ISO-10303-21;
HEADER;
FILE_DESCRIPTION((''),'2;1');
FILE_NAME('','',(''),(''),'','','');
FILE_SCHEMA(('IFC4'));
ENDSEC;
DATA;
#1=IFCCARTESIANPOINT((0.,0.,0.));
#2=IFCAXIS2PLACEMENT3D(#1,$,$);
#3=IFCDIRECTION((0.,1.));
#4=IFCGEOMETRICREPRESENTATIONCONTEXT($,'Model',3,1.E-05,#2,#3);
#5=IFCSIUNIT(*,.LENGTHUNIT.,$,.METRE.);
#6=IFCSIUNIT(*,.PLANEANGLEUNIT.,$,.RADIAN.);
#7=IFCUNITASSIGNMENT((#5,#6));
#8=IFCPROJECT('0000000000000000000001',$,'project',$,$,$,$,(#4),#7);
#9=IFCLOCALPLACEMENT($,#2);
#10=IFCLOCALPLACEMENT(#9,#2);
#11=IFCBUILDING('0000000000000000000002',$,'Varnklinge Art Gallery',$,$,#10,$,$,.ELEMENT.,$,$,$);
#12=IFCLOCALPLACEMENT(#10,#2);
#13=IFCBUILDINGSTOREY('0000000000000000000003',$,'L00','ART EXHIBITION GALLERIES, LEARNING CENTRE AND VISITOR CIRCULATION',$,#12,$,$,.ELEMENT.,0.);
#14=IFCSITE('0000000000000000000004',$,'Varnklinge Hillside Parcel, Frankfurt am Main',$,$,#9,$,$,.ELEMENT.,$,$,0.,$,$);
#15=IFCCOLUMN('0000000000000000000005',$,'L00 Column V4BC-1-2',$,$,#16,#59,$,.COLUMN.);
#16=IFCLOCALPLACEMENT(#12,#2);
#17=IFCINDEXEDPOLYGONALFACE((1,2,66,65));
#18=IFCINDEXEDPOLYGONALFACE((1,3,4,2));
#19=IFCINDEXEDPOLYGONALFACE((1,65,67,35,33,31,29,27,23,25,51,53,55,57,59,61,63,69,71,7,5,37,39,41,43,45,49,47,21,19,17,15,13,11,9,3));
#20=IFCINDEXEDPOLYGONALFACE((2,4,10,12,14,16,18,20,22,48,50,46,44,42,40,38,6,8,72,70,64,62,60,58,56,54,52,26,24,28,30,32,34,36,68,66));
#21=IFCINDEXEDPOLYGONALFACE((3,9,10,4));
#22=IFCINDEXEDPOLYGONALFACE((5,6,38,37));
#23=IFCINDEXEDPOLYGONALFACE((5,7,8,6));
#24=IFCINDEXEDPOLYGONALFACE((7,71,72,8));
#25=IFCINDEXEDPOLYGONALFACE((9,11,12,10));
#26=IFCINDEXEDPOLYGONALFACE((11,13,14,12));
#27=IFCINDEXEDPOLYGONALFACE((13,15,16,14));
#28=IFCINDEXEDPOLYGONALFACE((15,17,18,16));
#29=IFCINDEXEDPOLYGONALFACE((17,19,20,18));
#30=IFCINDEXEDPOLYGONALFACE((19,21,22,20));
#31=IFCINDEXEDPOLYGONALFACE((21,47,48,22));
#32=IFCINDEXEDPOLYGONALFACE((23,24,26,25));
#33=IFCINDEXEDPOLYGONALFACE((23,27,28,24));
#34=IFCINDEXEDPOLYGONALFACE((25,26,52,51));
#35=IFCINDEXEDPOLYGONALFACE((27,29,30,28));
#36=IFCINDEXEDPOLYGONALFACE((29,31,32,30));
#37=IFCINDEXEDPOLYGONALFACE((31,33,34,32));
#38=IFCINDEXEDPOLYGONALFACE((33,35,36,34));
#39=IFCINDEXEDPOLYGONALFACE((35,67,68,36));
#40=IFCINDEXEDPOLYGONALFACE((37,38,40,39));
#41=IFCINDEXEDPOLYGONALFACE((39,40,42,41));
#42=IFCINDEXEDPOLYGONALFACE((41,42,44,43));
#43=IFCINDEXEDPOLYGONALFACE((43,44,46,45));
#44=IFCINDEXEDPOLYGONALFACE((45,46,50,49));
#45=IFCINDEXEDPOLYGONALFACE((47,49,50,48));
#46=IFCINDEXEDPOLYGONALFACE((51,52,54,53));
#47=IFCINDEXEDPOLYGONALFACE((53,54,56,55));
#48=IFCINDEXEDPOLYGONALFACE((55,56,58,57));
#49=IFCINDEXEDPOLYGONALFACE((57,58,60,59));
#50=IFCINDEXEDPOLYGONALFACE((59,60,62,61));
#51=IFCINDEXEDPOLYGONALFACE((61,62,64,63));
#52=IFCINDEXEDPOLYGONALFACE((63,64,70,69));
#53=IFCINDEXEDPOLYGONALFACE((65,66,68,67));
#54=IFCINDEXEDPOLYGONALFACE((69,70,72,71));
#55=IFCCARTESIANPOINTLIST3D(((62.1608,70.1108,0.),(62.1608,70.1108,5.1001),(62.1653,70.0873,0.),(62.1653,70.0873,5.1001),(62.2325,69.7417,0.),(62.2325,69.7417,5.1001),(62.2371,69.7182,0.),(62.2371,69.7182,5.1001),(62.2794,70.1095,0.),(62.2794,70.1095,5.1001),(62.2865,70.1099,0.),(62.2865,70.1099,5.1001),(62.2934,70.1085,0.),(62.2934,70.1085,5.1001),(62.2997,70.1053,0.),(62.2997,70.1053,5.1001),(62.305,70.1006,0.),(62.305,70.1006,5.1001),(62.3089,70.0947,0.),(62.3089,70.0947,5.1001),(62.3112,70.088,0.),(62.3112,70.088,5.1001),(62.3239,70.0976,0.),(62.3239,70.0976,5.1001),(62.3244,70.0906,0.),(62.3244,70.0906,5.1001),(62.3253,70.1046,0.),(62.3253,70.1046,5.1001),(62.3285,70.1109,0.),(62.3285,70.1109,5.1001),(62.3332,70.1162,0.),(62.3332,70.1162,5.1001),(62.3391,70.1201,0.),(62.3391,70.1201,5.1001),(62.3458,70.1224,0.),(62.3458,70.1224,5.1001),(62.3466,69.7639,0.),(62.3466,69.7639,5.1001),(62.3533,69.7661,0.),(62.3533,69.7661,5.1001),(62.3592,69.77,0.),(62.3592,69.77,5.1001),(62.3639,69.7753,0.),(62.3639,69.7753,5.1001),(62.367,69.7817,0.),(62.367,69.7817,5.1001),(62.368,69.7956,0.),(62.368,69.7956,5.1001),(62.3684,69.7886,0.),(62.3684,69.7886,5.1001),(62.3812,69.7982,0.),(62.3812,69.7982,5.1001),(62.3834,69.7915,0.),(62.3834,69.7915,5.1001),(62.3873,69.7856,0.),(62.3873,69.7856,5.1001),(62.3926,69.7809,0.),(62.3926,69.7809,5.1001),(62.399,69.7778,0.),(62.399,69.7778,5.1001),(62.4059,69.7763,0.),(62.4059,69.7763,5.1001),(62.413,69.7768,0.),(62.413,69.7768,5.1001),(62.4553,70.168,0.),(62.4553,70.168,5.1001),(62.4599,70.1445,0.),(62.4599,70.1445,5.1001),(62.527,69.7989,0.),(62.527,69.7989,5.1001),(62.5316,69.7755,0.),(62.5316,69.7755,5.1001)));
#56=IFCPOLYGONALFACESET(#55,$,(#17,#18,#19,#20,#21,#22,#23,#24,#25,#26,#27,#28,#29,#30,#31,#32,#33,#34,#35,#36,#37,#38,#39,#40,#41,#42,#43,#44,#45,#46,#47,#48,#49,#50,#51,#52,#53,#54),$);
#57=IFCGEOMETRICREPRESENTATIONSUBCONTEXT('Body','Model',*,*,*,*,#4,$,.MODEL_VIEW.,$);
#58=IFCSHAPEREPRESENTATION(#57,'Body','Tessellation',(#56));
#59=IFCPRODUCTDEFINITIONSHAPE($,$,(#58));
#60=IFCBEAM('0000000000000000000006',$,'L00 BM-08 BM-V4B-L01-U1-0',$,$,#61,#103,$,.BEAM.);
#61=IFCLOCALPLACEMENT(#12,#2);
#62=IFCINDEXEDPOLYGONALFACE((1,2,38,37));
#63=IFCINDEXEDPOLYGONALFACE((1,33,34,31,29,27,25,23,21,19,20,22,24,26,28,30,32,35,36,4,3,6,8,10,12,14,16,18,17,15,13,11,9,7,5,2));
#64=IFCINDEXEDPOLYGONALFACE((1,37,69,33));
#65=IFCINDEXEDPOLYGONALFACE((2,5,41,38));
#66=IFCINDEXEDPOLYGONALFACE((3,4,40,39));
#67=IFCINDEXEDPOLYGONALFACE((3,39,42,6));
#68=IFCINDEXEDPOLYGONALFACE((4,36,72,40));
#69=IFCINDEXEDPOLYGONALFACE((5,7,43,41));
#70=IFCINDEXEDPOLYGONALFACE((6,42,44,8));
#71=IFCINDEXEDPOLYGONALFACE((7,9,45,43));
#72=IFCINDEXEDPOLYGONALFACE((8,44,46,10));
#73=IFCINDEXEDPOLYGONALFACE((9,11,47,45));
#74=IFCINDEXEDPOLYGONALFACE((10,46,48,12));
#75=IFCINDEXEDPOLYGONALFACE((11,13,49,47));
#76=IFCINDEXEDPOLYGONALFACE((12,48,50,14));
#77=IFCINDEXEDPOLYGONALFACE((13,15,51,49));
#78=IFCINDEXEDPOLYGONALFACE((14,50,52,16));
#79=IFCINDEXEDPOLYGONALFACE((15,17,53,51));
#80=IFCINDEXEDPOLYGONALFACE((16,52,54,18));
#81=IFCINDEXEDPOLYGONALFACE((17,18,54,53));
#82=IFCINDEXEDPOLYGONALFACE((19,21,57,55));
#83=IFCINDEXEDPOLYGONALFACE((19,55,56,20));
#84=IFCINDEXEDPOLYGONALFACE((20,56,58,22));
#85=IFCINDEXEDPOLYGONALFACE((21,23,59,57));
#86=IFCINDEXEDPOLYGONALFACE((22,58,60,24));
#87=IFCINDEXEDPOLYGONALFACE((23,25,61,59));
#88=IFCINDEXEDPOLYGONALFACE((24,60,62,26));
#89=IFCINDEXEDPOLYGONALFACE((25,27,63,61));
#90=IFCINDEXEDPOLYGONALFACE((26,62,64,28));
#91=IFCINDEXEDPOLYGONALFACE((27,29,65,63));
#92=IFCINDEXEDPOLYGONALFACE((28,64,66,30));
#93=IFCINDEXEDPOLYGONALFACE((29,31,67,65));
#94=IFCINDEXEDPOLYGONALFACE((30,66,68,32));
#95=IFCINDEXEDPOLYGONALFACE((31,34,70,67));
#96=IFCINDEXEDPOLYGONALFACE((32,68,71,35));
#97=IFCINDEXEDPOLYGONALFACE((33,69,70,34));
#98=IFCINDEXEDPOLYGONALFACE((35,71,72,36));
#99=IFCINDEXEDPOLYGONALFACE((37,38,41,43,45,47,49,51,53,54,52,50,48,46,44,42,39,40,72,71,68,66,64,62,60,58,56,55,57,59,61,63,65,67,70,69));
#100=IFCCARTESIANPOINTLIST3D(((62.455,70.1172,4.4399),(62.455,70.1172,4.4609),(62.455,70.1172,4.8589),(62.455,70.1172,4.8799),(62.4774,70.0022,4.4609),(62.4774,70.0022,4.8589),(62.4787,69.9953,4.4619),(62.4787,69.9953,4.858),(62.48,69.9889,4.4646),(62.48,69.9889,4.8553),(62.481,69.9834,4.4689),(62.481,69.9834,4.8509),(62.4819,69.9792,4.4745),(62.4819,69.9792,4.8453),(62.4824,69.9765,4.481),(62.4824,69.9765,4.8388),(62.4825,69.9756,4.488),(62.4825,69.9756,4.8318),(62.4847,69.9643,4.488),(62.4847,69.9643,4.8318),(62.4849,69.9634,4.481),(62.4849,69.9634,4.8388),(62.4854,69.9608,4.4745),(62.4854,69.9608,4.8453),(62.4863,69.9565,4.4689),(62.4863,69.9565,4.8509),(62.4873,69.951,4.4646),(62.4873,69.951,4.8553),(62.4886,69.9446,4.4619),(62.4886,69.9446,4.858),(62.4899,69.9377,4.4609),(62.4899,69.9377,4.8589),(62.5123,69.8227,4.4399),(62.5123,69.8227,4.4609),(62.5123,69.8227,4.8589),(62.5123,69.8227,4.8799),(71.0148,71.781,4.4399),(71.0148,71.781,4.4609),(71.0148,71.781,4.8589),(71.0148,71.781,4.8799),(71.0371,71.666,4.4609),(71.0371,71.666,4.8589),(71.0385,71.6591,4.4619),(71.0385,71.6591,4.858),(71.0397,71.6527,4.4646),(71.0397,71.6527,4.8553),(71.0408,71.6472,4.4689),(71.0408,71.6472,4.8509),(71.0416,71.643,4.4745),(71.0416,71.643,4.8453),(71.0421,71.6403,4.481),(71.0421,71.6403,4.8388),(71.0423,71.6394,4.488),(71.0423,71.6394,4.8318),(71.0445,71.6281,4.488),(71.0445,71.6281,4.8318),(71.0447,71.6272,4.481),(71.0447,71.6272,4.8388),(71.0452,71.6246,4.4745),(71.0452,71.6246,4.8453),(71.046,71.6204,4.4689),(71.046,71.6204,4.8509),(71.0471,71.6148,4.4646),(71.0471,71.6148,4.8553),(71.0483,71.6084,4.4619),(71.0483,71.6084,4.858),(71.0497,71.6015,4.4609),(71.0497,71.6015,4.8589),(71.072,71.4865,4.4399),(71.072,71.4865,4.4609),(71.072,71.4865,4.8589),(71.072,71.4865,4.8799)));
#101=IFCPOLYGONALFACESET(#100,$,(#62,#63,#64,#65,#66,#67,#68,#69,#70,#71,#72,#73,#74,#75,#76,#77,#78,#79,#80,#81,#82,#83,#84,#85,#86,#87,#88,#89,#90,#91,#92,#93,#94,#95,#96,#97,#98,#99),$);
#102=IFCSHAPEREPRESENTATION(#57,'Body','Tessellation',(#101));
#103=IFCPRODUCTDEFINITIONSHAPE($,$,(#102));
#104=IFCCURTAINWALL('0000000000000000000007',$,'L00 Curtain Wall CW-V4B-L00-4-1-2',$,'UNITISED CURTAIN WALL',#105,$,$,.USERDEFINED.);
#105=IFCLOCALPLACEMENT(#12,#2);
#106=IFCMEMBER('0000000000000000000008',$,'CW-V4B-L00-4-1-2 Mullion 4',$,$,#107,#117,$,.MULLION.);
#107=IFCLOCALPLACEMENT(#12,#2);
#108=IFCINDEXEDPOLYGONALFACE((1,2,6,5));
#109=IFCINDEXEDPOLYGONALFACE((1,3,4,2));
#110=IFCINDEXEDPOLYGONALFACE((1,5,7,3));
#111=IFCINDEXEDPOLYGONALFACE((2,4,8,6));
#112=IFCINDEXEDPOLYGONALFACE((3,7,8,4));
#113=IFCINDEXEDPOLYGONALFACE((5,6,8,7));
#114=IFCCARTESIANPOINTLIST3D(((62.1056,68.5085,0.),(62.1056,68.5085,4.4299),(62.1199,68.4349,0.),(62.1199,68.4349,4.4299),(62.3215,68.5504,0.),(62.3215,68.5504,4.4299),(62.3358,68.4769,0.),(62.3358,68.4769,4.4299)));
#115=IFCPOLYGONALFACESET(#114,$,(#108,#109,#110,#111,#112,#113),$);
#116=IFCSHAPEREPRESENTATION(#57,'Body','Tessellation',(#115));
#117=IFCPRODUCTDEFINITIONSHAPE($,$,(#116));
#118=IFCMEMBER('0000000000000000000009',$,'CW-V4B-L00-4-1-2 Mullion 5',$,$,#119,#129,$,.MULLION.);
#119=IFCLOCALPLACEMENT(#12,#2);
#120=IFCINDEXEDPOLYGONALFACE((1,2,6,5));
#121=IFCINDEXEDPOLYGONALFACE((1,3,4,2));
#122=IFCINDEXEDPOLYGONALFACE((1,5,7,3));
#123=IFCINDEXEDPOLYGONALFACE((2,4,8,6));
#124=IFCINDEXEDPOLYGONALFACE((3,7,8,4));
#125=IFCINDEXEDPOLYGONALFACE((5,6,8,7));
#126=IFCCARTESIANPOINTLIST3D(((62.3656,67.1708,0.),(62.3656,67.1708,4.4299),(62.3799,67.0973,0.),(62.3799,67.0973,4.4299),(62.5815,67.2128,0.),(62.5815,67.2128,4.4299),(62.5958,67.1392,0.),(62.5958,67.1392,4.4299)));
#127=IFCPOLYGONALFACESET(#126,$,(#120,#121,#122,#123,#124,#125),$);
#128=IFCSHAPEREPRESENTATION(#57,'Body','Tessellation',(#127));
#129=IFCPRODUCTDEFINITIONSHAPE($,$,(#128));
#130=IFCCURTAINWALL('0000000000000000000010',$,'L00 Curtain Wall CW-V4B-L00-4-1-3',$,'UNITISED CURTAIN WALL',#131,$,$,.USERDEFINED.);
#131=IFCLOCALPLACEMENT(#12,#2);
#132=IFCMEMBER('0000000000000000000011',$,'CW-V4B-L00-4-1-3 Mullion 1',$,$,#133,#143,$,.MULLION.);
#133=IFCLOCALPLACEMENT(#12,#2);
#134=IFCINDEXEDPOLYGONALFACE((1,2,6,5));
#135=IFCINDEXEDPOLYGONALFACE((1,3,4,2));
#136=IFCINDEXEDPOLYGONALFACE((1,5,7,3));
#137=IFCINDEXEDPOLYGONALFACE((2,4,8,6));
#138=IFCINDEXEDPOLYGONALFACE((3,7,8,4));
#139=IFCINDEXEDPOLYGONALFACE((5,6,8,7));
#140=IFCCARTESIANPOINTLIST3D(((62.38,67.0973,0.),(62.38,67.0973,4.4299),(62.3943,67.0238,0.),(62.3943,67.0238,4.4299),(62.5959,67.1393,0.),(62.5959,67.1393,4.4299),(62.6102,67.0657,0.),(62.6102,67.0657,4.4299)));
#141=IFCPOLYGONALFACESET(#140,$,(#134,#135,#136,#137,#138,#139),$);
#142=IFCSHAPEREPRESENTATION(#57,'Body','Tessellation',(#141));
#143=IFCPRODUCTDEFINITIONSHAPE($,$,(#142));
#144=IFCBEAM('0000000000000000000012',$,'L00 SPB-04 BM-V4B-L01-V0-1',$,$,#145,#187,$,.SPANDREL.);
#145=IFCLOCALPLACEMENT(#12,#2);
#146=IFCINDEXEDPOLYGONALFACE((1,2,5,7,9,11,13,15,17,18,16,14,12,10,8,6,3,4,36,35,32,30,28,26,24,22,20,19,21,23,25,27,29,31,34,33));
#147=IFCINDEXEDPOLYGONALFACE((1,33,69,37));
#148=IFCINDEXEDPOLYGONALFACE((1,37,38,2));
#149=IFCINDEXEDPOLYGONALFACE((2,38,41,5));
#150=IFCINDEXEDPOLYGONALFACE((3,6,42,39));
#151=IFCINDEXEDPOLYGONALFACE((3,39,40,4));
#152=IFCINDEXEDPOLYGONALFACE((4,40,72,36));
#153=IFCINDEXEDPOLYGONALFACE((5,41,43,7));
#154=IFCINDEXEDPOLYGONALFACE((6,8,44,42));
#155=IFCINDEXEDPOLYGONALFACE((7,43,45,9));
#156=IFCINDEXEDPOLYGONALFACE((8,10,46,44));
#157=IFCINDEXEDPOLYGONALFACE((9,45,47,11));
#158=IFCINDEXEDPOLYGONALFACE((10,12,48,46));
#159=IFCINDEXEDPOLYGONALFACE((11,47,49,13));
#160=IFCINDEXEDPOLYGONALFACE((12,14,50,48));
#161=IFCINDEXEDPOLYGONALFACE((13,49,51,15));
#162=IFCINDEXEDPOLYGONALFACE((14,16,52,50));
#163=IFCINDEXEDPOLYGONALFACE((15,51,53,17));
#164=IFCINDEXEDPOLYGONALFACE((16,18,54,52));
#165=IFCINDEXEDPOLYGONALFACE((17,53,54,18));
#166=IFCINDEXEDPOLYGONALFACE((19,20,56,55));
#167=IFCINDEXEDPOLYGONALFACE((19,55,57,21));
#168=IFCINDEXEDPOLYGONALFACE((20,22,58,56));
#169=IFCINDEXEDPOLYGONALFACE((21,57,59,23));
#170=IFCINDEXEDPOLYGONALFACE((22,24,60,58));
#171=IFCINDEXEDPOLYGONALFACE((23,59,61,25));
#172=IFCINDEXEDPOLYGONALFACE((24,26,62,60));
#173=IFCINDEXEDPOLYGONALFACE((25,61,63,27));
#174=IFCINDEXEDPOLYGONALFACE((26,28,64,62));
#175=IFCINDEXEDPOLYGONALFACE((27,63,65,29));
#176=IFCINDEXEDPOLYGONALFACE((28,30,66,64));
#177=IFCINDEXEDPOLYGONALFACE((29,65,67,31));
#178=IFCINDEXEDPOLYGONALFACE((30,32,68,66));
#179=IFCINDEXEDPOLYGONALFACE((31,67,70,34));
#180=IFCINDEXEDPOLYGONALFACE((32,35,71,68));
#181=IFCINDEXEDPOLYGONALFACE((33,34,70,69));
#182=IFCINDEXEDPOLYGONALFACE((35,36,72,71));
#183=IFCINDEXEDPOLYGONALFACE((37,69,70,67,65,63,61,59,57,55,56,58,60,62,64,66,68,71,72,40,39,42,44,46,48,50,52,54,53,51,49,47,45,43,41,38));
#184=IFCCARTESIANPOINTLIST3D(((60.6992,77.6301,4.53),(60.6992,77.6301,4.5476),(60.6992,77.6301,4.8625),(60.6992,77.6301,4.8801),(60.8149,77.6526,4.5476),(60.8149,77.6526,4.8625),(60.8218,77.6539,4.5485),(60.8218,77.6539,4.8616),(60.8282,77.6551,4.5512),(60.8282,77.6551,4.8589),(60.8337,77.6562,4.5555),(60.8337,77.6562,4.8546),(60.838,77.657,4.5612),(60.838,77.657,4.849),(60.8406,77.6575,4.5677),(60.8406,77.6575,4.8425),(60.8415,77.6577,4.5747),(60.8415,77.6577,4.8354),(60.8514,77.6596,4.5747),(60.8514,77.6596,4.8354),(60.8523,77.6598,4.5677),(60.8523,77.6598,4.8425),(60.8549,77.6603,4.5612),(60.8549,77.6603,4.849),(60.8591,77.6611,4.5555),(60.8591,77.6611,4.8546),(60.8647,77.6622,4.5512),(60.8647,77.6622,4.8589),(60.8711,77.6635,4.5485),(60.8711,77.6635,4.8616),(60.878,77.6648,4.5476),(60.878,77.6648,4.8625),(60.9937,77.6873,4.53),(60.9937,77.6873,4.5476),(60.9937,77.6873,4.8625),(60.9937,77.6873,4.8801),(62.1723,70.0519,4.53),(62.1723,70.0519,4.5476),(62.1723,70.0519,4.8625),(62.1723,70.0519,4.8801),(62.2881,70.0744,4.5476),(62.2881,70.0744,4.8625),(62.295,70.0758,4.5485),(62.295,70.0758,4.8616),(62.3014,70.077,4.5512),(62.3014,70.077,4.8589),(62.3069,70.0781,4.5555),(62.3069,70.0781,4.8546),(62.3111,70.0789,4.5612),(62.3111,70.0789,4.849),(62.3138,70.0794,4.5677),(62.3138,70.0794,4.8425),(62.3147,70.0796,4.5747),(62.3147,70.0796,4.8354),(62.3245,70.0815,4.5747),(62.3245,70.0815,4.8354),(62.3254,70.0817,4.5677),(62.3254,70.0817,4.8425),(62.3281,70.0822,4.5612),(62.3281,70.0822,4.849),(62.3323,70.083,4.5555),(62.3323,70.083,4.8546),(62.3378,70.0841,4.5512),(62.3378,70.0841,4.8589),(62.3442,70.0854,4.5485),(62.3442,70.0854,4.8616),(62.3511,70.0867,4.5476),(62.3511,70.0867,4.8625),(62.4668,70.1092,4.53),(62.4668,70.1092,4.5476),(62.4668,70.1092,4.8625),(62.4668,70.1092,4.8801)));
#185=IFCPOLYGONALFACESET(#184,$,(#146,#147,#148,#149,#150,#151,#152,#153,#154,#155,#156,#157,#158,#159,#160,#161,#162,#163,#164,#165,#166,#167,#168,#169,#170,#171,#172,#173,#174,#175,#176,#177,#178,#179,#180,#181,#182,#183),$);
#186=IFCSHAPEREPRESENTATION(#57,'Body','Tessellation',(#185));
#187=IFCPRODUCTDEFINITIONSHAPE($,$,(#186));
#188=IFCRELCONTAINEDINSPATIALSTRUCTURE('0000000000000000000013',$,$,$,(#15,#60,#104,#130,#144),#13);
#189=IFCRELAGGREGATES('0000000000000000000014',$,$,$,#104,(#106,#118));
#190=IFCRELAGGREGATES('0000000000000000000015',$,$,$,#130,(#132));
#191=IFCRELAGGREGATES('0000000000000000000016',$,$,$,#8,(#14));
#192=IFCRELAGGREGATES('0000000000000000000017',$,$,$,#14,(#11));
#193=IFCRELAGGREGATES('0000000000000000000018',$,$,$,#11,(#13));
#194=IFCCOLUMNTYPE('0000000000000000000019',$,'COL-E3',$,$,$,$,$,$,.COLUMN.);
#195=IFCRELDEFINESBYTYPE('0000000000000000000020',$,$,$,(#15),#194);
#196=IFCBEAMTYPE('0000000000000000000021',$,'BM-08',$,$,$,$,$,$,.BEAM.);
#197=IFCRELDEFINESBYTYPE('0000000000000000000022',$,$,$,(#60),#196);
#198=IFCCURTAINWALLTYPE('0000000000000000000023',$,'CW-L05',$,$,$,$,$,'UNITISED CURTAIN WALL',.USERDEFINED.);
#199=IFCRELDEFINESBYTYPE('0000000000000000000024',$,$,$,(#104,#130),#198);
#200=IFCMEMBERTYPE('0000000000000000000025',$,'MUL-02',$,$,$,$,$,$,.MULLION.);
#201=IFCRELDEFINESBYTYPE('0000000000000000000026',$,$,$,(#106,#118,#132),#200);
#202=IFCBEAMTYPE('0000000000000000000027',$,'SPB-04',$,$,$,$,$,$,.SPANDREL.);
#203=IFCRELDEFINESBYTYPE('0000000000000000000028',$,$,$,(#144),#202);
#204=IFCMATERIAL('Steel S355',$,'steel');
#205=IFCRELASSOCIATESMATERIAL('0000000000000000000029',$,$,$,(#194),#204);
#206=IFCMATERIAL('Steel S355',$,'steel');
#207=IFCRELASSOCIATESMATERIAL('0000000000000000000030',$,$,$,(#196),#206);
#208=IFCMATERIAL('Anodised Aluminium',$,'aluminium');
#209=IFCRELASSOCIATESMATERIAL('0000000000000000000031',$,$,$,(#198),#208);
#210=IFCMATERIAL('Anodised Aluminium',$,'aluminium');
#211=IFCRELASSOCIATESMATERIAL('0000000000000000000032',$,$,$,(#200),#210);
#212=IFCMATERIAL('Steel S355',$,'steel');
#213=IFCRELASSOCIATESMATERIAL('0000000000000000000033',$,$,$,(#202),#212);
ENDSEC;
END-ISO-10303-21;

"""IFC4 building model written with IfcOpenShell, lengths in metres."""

from ifc_helpers import new_model, si_unit, direction, frame, origin, origin_2d, place, context, subcontext, project, spatial, rectangle, i_section, extrude, material, material_profile, profile_set, type_object, element, aggregate, save


model = new_model("IFC4")

# Units and contexts
model_context = context("Model", 3, precision=1e-05, world=origin(), true_north=direction((0.0, 1.0)))
body_context = subcontext(model_context, "Body", "Model", "MODEL_VIEW")
ifc_project = project(units=[si_unit("LENGTHUNIT", "METRE"), si_unit("PLANEANGLEUNIT", "RADIAN")], contexts=[model_context])

# Site, building, storey
site_placement = place(None, origin())
site = spatial("IfcSite", under=ifc_project, at=site_placement, Name="Varnklinge Hillside Parcel, Frankfurt am Main", CompositionType="ELEMENT", RefElevation=0.0)
building_placement = place(site_placement, origin())
building = spatial("IfcBuilding", under=site, at=building_placement, Name="Varnklinge Art Gallery", CompositionType="ELEMENT")
storey_placement = place(building_placement, origin())
storey = spatial("IfcBuildingStorey", under=building, at=storey_placement, Name="L00", Description="ART EXHIBITION GALLERIES, LEARNING CENTRE AND VISITOR CIRCULATION", CompositionType="ELEMENT", Elevation=0.0)

# Column
ifc_material_1 = material(Name="Steel S355", Category="steel")
ifc_material_profile_1 = material_profile(ifc_material_1, i_section(OverallWidth=0.3, OverallDepth=0.3999, WebThickness=0.0134, FlangeThickness=0.0239, FilletRadius=0.0271, at=origin_2d()), Name="HEB 400")
ifc_profile_set_1 = profile_set([ifc_material_profile_1], Name="Steel S355")
column_type = type_object("IfcColumnType", Name="COL-E3", PredefinedType="COLUMN", material=ifc_profile_set_1)
column_placement = place(storey_placement, frame((62.3462, 69.9431, 0.0), z_axis=(0.0, 0.0, 1.0), x_axis=(0.981627, 0.190809, 0.0)))
element("IfcColumn", 1, at=column_placement, inside=storey, type_object=column_type, Name="L00 Column V4BC-1-2", PredefinedType="COLUMN", context=body_context, shape_type="SweptSolid", body=[
    extrude(i_section(OverallWidth=0.3, OverallDepth=0.3999, WebThickness=0.0134, FlangeThickness=0.0239, FilletRadius=0.0271, at=origin_2d()), origin(), (0.0, 0.0, 1.0), 5.1001),
])

# Beam
ifc_material_2 = material(Name="Steel S355", Category="steel")
ifc_material_profile_2 = material_profile(ifc_material_2, i_section(OverallWidth=0.3, OverallDepth=0.4399, WebThickness=0.0115, FlangeThickness=0.021, FilletRadius=0.0271, at=origin_2d()), Name="HEA 450")
ifc_profile_set_2 = profile_set([ifc_material_profile_2], Name="Steel S355")
beam_type_1 = type_object("IfcBeamType", Name="BM-08", PredefinedType="BEAM", material=ifc_profile_set_2)
beam_1_placement = place(storey_placement, frame((62.4836, 69.97, 4.6599), z_axis=(0.981628, 0.190804, 0.0), x_axis=(-0.190804, 0.981628, 0.0)))
element("IfcBeam", 2, at=beam_1_placement, inside=storey, type_object=beam_type_1, Name="L00 BM-08 BM-V4B-L01-U1-0", PredefinedType="BEAM", context=body_context, shape_type="SweptSolid", body=[
    extrude(i_section(OverallWidth=0.3, OverallDepth=0.4399, WebThickness=0.0115, FlangeThickness=0.021, FilletRadius=0.0271, at=origin_2d()), origin(), (0.0, 0.0, 1.0), 8.72),
])

# Curtain wall, members
ifc_material_3 = material(Name="Anodised Aluminium", Category="aluminium")
curtain_wall_type = type_object("IfcCurtainWallType", Name="CW-L05", ElementType="UNITISED CURTAIN WALL", PredefinedType="USERDEFINED", material=ifc_material_3)
curtain_wall_1_placement = place(storey_placement, origin())
curtain_wall_1 = element("IfcCurtainWall", 3, at=curtain_wall_1_placement, inside=storey, type_object=curtain_wall_type, Name="L00 Curtain Wall CW-V4B-L00-4-1-2", ObjectType="UNITISED CURTAIN WALL", PredefinedType="USERDEFINED")
ifc_material_4 = material(Name="Anodised Aluminium", Category="aluminium")
ifc_material_profile_3 = material_profile(ifc_material_4, rectangle(XDim=0.075, YDim=0.22, at=origin_2d()), Name="ALU 75x220")
ifc_profile_set_3 = profile_set([ifc_material_profile_3], Name="Anodised Aluminium")
member_type_1 = type_object("IfcMemberType", Name="MUL-02", PredefinedType="MULLION", material=ifc_profile_set_3)
member_1_placement = place(storey_placement, frame((62.2207, 68.4927, 0.0), z_axis=(0.0, 0.0, 1.0), x_axis=(0.190809, -0.981627, 0.0)))
member_1 = element("IfcMember", 4, at=member_1_placement, type_object=member_type_1, Name="CW-V4B-L00-4-1-2 Mullion 4", PredefinedType="MULLION", context=body_context, shape_type="SweptSolid", body=[
    extrude(rectangle(XDim=0.075, YDim=0.22, at=origin_2d()), origin(), (0.0, 0.0, 1.0), 4.4299),
])
member_2_placement = place(storey_placement, frame((62.4807, 67.155, 0.0), z_axis=(0.0, 0.0, 1.0), x_axis=(0.190809, -0.981627, 0.0)))
member_2 = element("IfcMember", 5, at=member_2_placement, type_object=member_type_1, Name="CW-V4B-L00-4-1-2 Mullion 5", PredefinedType="MULLION", context=body_context, shape_type="SweptSolid", body=[
    extrude(rectangle(XDim=0.075, YDim=0.22, at=origin_2d()), origin(), (0.0, 0.0, 1.0), 4.4299),
])

# Curtain wall, member
curtain_wall_2_placement = place(storey_placement, origin())
curtain_wall_2 = element("IfcCurtainWall", 6, at=curtain_wall_2_placement, inside=storey, type_object=curtain_wall_type, Name="L00 Curtain Wall CW-V4B-L00-4-1-3", ObjectType="UNITISED CURTAIN WALL", PredefinedType="USERDEFINED")
member_3_placement = place(storey_placement, frame((62.4951, 67.0815, 0.0), z_axis=(0.0, 0.0, 1.0), x_axis=(0.190809, -0.981627, 0.0)))
member_3 = element("IfcMember", 7, at=member_3_placement, type_object=member_type_1, Name="CW-V4B-L00-4-1-3 Mullion 1", PredefinedType="MULLION", context=body_context, shape_type="SweptSolid", body=[
    extrude(rectangle(XDim=0.075, YDim=0.22, at=origin_2d()), origin(), (0.0, 0.0, 1.0), 4.4299),
])

# Beam
ifc_material_5 = material(Name="Steel S355", Category="steel")
ifc_material_profile_4 = material_profile(ifc_material_5, i_section(OverallWidth=0.3, OverallDepth=0.3501, WebThickness=0.01, FlangeThickness=0.0176, FilletRadius=0.0271, at=origin_2d()), Name="HEA 360")
ifc_profile_set_4 = profile_set([ifc_material_profile_4], Name="Steel S355")
beam_type_2 = type_object("IfcBeamType", Name="SPB-04", PredefinedType="SPANDREL", material=ifc_profile_set_4)
beam_2_placement = place(storey_placement, frame((62.3196, 70.0806, 4.7051), z_axis=(-0.190822, 0.981625, 0.0), x_axis=(-0.981625, -0.190822, 0.0)))
element("IfcBeam", 8, at=beam_2_placement, inside=storey, type_object=beam_type_2, Name="L00 SPB-04 BM-V4B-L01-V0-1", PredefinedType="SPANDREL", context=body_context, shape_type="SweptSolid", body=[
    extrude(i_section(OverallWidth=0.3, OverallDepth=0.3501, WebThickness=0.01, FlangeThickness=0.0176, FilletRadius=0.0271, at=origin_2d()), origin(), (0.0, 0.0, 1.0), 7.72),
])

aggregate(curtain_wall_1, [member_1, member_2])
aggregate(curtain_wall_2, [member_3])

save(model, "model.ifc")
